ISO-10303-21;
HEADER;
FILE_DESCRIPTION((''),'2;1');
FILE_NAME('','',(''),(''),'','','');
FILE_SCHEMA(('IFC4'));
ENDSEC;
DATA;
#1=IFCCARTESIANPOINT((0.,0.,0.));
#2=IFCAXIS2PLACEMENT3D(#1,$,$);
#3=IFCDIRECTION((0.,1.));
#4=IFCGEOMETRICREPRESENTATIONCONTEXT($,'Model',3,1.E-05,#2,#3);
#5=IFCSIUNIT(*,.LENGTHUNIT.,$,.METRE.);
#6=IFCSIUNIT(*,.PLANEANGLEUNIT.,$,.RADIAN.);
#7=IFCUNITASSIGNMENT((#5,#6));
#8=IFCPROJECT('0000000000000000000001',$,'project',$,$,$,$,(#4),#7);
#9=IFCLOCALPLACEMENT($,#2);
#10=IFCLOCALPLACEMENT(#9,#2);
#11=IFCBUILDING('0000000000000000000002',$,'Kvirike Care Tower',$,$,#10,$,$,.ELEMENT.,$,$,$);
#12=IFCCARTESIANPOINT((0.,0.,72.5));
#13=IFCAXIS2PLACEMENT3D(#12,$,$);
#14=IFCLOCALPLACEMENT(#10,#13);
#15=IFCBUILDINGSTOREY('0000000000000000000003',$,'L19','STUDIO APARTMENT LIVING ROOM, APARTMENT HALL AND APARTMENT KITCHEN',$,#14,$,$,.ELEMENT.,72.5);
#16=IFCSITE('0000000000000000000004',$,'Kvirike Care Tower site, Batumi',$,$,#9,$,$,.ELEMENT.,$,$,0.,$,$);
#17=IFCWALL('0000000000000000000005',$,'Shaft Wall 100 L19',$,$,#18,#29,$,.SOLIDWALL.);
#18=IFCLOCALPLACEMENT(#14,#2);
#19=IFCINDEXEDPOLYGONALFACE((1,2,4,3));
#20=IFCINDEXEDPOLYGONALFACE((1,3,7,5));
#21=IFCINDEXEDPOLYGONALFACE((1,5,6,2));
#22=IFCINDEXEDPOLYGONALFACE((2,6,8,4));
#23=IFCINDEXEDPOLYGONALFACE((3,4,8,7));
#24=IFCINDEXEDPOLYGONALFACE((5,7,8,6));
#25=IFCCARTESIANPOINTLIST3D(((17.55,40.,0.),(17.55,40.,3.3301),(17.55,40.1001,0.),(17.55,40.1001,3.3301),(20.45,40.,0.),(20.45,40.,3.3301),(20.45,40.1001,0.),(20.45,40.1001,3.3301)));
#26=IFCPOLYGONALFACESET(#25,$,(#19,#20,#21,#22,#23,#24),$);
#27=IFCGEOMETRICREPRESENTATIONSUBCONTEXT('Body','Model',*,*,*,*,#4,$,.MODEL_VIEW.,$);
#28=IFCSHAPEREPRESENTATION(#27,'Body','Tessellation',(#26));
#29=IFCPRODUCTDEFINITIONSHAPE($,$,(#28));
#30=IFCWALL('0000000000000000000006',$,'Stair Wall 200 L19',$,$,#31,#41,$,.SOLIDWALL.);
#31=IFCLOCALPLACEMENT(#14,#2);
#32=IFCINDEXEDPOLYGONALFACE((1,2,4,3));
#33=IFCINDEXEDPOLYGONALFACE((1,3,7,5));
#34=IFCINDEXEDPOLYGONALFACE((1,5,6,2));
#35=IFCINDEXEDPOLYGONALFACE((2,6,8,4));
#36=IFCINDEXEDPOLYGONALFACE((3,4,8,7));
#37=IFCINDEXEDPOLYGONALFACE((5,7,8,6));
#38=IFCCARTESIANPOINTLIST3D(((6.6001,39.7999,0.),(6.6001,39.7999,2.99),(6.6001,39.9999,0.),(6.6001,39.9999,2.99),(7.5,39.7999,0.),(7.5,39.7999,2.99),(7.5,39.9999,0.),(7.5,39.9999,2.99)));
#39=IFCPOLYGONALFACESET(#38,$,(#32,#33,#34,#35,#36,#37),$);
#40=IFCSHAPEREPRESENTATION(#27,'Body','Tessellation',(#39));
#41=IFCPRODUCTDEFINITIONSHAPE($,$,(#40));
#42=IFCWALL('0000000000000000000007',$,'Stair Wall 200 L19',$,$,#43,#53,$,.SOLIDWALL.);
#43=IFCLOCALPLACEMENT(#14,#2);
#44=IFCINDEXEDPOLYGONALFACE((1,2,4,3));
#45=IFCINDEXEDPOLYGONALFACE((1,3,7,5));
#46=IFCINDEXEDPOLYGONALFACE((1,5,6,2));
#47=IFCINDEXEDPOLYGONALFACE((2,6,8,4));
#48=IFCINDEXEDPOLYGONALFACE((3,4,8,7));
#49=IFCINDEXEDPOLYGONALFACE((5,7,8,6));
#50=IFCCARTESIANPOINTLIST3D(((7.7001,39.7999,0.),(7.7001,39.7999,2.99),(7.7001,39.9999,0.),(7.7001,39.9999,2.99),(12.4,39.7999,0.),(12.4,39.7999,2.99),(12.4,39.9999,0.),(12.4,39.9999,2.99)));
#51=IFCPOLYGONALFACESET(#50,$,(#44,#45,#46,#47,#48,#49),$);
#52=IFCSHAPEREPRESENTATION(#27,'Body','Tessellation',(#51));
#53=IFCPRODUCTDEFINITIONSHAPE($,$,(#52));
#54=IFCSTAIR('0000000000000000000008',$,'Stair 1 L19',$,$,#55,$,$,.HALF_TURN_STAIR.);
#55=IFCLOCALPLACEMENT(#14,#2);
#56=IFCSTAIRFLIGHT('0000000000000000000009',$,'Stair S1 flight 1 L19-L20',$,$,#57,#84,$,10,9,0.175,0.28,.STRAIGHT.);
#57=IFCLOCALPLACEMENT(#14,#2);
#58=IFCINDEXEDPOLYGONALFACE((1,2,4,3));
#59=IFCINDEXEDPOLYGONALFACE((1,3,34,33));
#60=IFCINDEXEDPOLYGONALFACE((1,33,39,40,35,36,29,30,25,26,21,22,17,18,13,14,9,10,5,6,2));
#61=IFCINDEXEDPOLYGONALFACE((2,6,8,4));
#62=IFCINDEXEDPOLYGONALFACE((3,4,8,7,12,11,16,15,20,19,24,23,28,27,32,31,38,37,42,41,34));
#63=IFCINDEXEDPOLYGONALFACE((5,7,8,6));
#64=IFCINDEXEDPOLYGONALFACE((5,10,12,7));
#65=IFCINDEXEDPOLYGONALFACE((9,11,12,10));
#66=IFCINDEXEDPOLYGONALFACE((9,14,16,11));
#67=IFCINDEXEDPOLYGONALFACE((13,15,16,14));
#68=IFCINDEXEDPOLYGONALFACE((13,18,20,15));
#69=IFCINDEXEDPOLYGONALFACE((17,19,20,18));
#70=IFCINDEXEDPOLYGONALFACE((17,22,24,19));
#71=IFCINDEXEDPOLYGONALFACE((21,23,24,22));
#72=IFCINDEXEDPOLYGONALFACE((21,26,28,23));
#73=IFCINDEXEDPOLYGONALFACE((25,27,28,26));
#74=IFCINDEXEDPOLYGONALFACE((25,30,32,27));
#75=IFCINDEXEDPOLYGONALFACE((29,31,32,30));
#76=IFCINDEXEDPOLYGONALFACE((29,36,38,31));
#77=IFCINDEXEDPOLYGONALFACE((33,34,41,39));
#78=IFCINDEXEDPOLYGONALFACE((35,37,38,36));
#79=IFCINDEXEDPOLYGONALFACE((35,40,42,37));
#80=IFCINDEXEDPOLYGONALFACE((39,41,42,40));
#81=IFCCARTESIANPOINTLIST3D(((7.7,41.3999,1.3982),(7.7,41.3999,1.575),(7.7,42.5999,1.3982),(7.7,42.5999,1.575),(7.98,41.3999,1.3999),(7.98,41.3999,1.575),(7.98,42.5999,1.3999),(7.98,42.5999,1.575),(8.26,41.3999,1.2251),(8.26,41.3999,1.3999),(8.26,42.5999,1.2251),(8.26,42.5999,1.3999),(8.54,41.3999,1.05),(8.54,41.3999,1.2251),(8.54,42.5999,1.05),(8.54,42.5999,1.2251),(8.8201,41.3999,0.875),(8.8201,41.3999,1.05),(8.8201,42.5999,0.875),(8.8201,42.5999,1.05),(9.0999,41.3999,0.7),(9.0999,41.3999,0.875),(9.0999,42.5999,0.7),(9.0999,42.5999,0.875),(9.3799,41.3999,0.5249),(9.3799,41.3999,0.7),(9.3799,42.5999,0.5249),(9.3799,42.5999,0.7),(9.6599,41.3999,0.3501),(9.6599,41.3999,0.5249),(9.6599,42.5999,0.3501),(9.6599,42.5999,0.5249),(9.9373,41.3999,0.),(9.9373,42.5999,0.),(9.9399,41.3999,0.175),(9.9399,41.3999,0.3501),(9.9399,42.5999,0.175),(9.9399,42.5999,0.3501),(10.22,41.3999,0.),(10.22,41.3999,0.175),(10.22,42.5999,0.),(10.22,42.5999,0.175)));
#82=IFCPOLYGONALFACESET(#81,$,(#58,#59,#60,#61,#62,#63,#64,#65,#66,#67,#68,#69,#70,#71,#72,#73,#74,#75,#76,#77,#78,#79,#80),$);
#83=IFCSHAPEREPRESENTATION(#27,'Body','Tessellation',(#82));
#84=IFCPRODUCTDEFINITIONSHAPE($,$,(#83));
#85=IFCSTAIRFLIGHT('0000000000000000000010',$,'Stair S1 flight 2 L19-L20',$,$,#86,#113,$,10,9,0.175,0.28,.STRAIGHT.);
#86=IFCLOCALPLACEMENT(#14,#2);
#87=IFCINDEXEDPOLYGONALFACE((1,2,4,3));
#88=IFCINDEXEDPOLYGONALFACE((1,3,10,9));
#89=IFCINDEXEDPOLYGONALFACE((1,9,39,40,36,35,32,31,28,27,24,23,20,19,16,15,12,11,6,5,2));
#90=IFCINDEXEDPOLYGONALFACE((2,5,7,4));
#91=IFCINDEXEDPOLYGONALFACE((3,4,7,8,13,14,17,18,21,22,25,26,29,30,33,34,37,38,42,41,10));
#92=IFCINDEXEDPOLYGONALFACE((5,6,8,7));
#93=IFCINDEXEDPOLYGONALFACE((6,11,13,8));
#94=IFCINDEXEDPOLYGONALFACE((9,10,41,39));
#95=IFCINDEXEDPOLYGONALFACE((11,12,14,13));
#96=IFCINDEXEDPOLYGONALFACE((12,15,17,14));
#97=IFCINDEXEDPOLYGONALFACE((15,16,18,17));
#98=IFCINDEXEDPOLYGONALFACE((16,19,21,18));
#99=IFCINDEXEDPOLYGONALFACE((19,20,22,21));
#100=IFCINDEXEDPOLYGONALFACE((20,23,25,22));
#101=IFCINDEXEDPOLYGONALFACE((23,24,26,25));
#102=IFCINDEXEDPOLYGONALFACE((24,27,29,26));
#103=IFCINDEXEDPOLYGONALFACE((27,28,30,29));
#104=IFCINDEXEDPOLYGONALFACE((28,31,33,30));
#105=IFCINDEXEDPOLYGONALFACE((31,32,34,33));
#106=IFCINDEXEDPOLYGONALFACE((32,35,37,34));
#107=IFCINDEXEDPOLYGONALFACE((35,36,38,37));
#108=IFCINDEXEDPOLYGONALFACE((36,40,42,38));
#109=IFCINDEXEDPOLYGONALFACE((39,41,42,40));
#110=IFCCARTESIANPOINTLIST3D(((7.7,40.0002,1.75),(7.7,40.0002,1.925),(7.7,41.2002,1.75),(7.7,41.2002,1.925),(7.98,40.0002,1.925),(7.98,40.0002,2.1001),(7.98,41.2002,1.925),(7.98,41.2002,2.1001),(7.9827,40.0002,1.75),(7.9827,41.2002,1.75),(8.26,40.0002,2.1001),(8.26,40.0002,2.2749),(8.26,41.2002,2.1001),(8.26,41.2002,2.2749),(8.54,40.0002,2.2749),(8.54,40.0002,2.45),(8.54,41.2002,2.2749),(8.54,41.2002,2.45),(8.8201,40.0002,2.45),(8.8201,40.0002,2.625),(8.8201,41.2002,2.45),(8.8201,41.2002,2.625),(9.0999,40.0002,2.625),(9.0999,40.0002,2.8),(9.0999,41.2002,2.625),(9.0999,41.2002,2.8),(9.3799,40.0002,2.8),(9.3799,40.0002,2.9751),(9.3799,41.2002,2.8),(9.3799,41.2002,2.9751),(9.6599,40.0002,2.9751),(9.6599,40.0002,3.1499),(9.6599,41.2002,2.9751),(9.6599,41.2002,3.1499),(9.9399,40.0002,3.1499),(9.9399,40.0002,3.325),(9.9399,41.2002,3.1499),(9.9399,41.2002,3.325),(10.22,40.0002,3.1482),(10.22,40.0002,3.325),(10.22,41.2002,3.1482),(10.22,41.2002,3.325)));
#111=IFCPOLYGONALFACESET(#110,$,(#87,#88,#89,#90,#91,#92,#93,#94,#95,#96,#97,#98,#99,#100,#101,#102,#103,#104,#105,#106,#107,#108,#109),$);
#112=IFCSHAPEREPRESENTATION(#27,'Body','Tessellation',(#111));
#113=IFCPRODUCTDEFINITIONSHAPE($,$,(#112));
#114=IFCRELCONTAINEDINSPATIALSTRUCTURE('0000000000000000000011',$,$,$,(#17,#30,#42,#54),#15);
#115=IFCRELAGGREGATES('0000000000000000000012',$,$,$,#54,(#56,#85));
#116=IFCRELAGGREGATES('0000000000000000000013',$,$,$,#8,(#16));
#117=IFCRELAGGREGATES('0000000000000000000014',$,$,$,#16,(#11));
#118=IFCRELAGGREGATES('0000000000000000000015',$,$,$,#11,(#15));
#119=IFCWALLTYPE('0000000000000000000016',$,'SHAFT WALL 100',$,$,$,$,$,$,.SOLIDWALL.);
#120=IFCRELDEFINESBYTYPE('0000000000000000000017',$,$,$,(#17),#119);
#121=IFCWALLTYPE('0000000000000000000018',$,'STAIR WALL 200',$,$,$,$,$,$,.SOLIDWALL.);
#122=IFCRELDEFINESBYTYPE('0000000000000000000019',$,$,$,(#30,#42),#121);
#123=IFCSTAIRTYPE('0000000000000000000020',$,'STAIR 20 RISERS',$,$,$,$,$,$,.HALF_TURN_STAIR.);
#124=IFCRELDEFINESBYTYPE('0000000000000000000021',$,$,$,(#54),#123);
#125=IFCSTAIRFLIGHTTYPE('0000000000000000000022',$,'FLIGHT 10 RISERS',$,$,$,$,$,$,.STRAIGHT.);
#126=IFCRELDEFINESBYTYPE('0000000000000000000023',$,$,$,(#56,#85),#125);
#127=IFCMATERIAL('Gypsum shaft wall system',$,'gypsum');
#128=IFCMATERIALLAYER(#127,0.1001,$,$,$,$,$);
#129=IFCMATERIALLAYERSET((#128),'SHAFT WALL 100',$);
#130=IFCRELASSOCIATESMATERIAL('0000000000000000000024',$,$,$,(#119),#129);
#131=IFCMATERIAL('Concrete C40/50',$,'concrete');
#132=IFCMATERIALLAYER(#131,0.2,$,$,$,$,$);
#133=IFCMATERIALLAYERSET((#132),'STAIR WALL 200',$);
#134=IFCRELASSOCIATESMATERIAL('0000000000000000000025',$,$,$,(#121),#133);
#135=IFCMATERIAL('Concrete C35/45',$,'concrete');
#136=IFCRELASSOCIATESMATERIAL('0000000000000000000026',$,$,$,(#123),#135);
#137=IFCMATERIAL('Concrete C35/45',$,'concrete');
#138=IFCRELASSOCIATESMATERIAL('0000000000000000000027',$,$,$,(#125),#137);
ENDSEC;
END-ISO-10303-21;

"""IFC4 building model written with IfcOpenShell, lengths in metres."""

from ifc_helpers import new_model, si_unit, direction, frame, frame_2d, origin, place, context, subcontext, project, spatial, polyline, rectangle, outline, extrude, material, layer, layer_set, type_object, element, aggregate, save


model = new_model("IFC4")

# Units and contexts
model_context = context("Model", 3, precision=1e-05, world=origin(), true_north=direction((0.0, 1.0)))
body_context = subcontext(model_context, "Body", "Model", "MODEL_VIEW")
ifc_project = project(units=[si_unit("LENGTHUNIT", "METRE"), si_unit("PLANEANGLEUNIT", "RADIAN")], contexts=[model_context])

# Site, building, storey
site_placement = place(None, origin())
site = spatial("IfcSite", under=ifc_project, at=site_placement, Name="Kvirike Care Tower site, Batumi", CompositionType="ELEMENT", RefElevation=0.0)
building_placement = place(site_placement, origin())
building = spatial("IfcBuilding", under=site, at=building_placement, Name="Kvirike Care Tower", CompositionType="ELEMENT")
storey_placement = place(building_placement, frame((0.0, 0.0, 72.5)))
storey = spatial("IfcBuildingStorey", under=building, at=storey_placement, Name="L19", Description="STUDIO APARTMENT LIVING ROOM, APARTMENT HALL AND APARTMENT KITCHEN", CompositionType="ELEMENT", Elevation=72.5)

# Shared definitions
ifc_material_1 = material(Name="Gypsum shaft wall system", Category="gypsum")
ifc_layer_1 = layer(ifc_material_1, 0.1001)
ifc_layer_set_1 = layer_set([ifc_layer_1], Name="SHAFT WALL 100")
wall_type_1 = type_object("IfcWallType", Name="SHAFT WALL 100", PredefinedType="SOLIDWALL", material=ifc_layer_set_1)

# Walls
wall_1_placement = place(storey_placement, frame((17.55, 40.05, 0.0), z_axis=(0.0, 0.0, 1.0), x_axis=(1.0, 0.0, 0.0)))
element("IfcWall", 1, at=wall_1_placement, inside=storey, type_object=wall_type_1, Name="Shaft Wall 100 L19", PredefinedType="SOLIDWALL", context=body_context, shape_type="SweptSolid", body=[
    extrude(rectangle(XDim=2.8999, YDim=0.1001, at=frame_2d((1.45, 0.0))), origin(), (0.0, 0.0, 1.0), 3.3301),
])
ifc_material_2 = material(Name="Concrete C40/50", Category="concrete")
ifc_layer_2 = layer(ifc_material_2, 0.2)
ifc_layer_set_2 = layer_set([ifc_layer_2], Name="STAIR WALL 200")
wall_type_2 = type_object("IfcWallType", Name="STAIR WALL 200", PredefinedType="SOLIDWALL", material=ifc_layer_set_2)
wall_2_placement = place(storey_placement, frame((6.6001, 39.8999, 0.0), z_axis=(0.0, 0.0, 1.0), x_axis=(1.0, 0.0, 0.0)))
element("IfcWall", 2, at=wall_2_placement, inside=storey, type_object=wall_type_2, Name="Stair Wall 200 L19", PredefinedType="SOLIDWALL", context=body_context, shape_type="SweptSolid", body=[
    extrude(rectangle(XDim=0.8999, YDim=0.2, at=frame_2d((0.45, 0.0))), origin(), (0.0, 0.0, 1.0), 2.99),
])
wall_3_placement = place(storey_placement, frame((7.7, 39.8999, 0.0), z_axis=(0.0, 0.0, 1.0), x_axis=(1.0, 0.0, 0.0)))
element("IfcWall", 3, at=wall_3_placement, inside=storey, type_object=wall_type_2, Name="Stair Wall 200 L19", PredefinedType="SOLIDWALL", context=body_context, shape_type="SweptSolid", body=[
    extrude(rectangle(XDim=4.7, YDim=0.2, at=frame_2d((2.3501, 0.0))), origin(), (0.0, 0.0, 1.0), 2.99),
])

# Stair, stair flights
ifc_material_3 = material(Name="Concrete C35/45", Category="concrete")
stair_type = type_object("IfcStairType", Name="STAIR 20 RISERS", PredefinedType="HALF_TURN_STAIR", material=ifc_material_3)
stair_placement = place(storey_placement, origin())
stair = element("IfcStair", 4, at=stair_placement, inside=storey, type_object=stair_type, Name="Stair 1 L19", PredefinedType="HALF_TURN_STAIR")
ifc_material_4 = material(Name="Concrete C35/45", Category="concrete")
stair_flight_type = type_object("IfcStairFlightType", Name="FLIGHT 10 RISERS", PredefinedType="STRAIGHT", material=ifc_material_4)
stair_flight_1_placement = place(storey_placement, frame((10.22, 42.0, 0.0), z_axis=(0.0, 0.0, 1.0), x_axis=(-1.0, 0.0, 0.0)))
stair_flight_1 = element("IfcStairFlight", 5, at=stair_flight_1_placement, type_object=stair_flight_type, Name="Stair S1 flight 1 L19-L20", NumberOfRisers=10, NumberOfTreads=9, PredefinedType="STRAIGHT", RiserHeight=0.175, TreadLength=0.28, context=body_context, shape_type="SweptSolid", body=[
    extrude(outline(polyline([(0.0, 0.0), (0.0, 0.175), (0.28, 0.175), (0.28, 0.3501), (0.5601, 0.3501), (0.5601, 0.5249), (0.8401, 0.5249), (0.8401, 0.7), (1.1201, 0.7), (1.1201, 0.875), (1.3999, 0.875), (1.3999, 1.05), (1.6799, 1.05), (1.6799, 1.2251), (1.96, 1.2251), (1.96, 1.3999), (2.24, 1.3999), (2.24, 1.575), (2.52, 1.575), (2.52, 1.75), (2.52, 1.3982), (0.2827, 0.0), (0.0, 0.0)])), frame((0.0, 0.6001, 0.0), z_axis=(0.0, -1.0, 0.0), x_axis=(1.0, 0.0, 0.0)), (0.0, 0.0, 1.0), 1.2),
])
stair_flight_2_placement = place(storey_placement, frame((7.7, 40.6001, 1.75), z_axis=(0.0, 0.0, 1.0), x_axis=(1.0, 0.0, 0.0)))
stair_flight_2 = element("IfcStairFlight", 6, at=stair_flight_2_placement, type_object=stair_flight_type, Name="Stair S1 flight 2 L19-L20", NumberOfRisers=10, NumberOfTreads=9, PredefinedType="STRAIGHT", RiserHeight=0.175, TreadLength=0.28, context=body_context, shape_type="SweptSolid", body=[
    extrude(outline(polyline([(0.0, 0.0), (0.0, 0.175), (0.28, 0.175), (0.28, 0.3501), (0.5601, 0.3501), (0.5601, 0.5249), (0.8401, 0.5249), (0.8401, 0.7), (1.1201, 0.7), (1.1201, 0.875), (1.3999, 0.875), (1.3999, 1.05), (1.6799, 1.05), (1.6799, 1.2251), (1.96, 1.2251), (1.96, 1.3999), (2.24, 1.3999), (2.24, 1.575), (2.52, 1.575), (2.52, 1.75), (2.52, 1.3982), (0.2827, 0.0), (0.0, 0.0)])), frame((0.0, 0.6001, 0.0), z_axis=(0.0, -1.0, 0.0), x_axis=(1.0, 0.0, 0.0)), (0.0, 0.0, 1.0), 1.2),
])
aggregate(stair, [stair_flight_1, stair_flight_2])

save(model, "model.ifc")
